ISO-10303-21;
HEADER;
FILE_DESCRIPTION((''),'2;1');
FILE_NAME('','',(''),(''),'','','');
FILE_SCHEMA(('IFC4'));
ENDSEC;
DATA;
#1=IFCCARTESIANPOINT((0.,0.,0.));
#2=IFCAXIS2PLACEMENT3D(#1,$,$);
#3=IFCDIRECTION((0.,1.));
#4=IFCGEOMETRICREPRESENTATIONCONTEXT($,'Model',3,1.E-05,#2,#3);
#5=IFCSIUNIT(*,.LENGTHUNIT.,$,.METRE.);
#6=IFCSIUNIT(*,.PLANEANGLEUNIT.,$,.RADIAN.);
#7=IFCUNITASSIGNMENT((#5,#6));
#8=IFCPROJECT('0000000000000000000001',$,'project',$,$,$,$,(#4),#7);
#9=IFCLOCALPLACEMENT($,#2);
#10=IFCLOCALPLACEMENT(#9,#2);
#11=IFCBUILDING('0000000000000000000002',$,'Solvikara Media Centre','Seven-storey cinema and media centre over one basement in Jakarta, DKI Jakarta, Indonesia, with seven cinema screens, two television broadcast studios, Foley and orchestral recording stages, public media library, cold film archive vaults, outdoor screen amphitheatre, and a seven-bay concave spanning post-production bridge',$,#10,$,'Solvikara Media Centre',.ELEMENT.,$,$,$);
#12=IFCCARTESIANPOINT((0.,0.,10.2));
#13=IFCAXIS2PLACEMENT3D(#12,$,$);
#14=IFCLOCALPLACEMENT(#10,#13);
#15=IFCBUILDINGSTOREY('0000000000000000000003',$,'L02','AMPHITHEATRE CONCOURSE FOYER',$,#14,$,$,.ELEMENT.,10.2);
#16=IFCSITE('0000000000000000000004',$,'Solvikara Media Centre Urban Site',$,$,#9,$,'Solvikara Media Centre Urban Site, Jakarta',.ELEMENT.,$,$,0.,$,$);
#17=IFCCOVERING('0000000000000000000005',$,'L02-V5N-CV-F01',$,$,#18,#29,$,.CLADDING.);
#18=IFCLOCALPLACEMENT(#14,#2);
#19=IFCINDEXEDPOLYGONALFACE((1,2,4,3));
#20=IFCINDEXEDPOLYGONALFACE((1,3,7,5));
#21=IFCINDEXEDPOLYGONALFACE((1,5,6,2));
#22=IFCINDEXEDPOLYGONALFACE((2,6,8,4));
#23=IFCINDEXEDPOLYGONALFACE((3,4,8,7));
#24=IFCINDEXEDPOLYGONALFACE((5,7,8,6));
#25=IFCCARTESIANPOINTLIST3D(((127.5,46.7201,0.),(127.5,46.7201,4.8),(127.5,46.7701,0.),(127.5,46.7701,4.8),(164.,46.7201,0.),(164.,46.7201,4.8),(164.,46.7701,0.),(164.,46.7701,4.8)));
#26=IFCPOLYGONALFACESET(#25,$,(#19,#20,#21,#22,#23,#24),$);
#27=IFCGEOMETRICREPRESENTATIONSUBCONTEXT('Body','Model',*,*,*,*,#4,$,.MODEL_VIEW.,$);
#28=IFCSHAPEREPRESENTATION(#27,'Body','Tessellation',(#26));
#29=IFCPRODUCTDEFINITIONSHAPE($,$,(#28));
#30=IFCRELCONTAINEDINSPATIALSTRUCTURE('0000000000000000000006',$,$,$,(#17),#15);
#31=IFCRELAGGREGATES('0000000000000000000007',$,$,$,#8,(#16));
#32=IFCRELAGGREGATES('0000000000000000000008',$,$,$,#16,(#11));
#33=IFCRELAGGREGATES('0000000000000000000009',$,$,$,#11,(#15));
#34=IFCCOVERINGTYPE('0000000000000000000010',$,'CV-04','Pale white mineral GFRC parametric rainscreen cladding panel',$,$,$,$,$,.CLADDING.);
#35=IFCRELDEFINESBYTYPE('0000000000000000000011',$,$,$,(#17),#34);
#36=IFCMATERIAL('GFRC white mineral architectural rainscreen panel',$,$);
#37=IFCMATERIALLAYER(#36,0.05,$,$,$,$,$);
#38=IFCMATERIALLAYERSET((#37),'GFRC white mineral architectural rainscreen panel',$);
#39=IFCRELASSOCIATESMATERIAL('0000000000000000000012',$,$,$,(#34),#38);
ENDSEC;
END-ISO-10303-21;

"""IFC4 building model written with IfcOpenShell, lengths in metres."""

from ifc_helpers import new_model, si_unit, direction, frame, origin, origin_2d, place, context, subcontext, project, spatial, rectangle, extrude, material, layer, layer_set, type_object, element, save


model = new_model("IFC4")

# Units and contexts
model_context = context("Model", 3, precision=1e-05, world=origin(), true_north=direction((0.0, 1.0)))
body_context = subcontext(model_context, "Body", "Model", "MODEL_VIEW")
ifc_project = project(units=[si_unit("LENGTHUNIT", "METRE"), si_unit("PLANEANGLEUNIT", "RADIAN")], contexts=[model_context])

# Site, building, storey
site_placement = place(None, origin())
site = spatial("IfcSite", under=ifc_project, at=site_placement, Name="Solvikara Media Centre Urban Site", LongName="Solvikara Media Centre Urban Site, Jakarta", CompositionType="ELEMENT", RefElevation=0.0)
building_placement = place(site_placement, origin())
building = spatial("IfcBuilding", under=site, at=building_placement, Name="Solvikara Media Centre", Description="Seven-storey cinema and media centre over one basement in Jakarta, DKI Jakarta, Indonesia, with seven cinema screens, two television broadcast studios, Foley and orchestral recording stages, public media library, cold film archive vaults, outdoor screen amphitheatre, and a seven-bay concave spanning post-production bridge", LongName="Solvikara Media Centre", CompositionType="ELEMENT")
storey_placement = place(building_placement, frame((0.0, 0.0, 10.2)))
storey = spatial("IfcBuildingStorey", under=building, at=storey_placement, Name="L02", Description="AMPHITHEATRE CONCOURSE FOYER", CompositionType="ELEMENT", Elevation=10.2)

# Covering
ifc_material_1 = material(Name="GFRC white mineral architectural rainscreen panel")
ifc_layer_1 = layer(ifc_material_1, 0.05)
ifc_layer_set_1 = layer_set([ifc_layer_1], Name="GFRC white mineral architectural rainscreen panel")
covering_type_1 = type_object("IfcCoveringType", Name="CV-04", Description="Pale white mineral GFRC parametric rainscreen cladding panel", PredefinedType="CLADDING", material=ifc_layer_set_1)
covering_1_placement = place(storey_placement, frame((145.75, 46.7451, 0.0), z_axis=(0.0, 0.0, 1.0), x_axis=(1.0, 0.0, 0.0)))
element("IfcCovering", 1, at=covering_1_placement, inside=storey, type_object=covering_type_1, Name="L02-V5N-CV-F01", PredefinedType="CLADDING", context=body_context, shape_type="SweptSolid", body=[
    extrude(rectangle(XDim=36.5, YDim=0.05, at=origin_2d()), origin(), (0.0, 0.0, 1.0), 4.8),
])

save(model, "model.ifc")
